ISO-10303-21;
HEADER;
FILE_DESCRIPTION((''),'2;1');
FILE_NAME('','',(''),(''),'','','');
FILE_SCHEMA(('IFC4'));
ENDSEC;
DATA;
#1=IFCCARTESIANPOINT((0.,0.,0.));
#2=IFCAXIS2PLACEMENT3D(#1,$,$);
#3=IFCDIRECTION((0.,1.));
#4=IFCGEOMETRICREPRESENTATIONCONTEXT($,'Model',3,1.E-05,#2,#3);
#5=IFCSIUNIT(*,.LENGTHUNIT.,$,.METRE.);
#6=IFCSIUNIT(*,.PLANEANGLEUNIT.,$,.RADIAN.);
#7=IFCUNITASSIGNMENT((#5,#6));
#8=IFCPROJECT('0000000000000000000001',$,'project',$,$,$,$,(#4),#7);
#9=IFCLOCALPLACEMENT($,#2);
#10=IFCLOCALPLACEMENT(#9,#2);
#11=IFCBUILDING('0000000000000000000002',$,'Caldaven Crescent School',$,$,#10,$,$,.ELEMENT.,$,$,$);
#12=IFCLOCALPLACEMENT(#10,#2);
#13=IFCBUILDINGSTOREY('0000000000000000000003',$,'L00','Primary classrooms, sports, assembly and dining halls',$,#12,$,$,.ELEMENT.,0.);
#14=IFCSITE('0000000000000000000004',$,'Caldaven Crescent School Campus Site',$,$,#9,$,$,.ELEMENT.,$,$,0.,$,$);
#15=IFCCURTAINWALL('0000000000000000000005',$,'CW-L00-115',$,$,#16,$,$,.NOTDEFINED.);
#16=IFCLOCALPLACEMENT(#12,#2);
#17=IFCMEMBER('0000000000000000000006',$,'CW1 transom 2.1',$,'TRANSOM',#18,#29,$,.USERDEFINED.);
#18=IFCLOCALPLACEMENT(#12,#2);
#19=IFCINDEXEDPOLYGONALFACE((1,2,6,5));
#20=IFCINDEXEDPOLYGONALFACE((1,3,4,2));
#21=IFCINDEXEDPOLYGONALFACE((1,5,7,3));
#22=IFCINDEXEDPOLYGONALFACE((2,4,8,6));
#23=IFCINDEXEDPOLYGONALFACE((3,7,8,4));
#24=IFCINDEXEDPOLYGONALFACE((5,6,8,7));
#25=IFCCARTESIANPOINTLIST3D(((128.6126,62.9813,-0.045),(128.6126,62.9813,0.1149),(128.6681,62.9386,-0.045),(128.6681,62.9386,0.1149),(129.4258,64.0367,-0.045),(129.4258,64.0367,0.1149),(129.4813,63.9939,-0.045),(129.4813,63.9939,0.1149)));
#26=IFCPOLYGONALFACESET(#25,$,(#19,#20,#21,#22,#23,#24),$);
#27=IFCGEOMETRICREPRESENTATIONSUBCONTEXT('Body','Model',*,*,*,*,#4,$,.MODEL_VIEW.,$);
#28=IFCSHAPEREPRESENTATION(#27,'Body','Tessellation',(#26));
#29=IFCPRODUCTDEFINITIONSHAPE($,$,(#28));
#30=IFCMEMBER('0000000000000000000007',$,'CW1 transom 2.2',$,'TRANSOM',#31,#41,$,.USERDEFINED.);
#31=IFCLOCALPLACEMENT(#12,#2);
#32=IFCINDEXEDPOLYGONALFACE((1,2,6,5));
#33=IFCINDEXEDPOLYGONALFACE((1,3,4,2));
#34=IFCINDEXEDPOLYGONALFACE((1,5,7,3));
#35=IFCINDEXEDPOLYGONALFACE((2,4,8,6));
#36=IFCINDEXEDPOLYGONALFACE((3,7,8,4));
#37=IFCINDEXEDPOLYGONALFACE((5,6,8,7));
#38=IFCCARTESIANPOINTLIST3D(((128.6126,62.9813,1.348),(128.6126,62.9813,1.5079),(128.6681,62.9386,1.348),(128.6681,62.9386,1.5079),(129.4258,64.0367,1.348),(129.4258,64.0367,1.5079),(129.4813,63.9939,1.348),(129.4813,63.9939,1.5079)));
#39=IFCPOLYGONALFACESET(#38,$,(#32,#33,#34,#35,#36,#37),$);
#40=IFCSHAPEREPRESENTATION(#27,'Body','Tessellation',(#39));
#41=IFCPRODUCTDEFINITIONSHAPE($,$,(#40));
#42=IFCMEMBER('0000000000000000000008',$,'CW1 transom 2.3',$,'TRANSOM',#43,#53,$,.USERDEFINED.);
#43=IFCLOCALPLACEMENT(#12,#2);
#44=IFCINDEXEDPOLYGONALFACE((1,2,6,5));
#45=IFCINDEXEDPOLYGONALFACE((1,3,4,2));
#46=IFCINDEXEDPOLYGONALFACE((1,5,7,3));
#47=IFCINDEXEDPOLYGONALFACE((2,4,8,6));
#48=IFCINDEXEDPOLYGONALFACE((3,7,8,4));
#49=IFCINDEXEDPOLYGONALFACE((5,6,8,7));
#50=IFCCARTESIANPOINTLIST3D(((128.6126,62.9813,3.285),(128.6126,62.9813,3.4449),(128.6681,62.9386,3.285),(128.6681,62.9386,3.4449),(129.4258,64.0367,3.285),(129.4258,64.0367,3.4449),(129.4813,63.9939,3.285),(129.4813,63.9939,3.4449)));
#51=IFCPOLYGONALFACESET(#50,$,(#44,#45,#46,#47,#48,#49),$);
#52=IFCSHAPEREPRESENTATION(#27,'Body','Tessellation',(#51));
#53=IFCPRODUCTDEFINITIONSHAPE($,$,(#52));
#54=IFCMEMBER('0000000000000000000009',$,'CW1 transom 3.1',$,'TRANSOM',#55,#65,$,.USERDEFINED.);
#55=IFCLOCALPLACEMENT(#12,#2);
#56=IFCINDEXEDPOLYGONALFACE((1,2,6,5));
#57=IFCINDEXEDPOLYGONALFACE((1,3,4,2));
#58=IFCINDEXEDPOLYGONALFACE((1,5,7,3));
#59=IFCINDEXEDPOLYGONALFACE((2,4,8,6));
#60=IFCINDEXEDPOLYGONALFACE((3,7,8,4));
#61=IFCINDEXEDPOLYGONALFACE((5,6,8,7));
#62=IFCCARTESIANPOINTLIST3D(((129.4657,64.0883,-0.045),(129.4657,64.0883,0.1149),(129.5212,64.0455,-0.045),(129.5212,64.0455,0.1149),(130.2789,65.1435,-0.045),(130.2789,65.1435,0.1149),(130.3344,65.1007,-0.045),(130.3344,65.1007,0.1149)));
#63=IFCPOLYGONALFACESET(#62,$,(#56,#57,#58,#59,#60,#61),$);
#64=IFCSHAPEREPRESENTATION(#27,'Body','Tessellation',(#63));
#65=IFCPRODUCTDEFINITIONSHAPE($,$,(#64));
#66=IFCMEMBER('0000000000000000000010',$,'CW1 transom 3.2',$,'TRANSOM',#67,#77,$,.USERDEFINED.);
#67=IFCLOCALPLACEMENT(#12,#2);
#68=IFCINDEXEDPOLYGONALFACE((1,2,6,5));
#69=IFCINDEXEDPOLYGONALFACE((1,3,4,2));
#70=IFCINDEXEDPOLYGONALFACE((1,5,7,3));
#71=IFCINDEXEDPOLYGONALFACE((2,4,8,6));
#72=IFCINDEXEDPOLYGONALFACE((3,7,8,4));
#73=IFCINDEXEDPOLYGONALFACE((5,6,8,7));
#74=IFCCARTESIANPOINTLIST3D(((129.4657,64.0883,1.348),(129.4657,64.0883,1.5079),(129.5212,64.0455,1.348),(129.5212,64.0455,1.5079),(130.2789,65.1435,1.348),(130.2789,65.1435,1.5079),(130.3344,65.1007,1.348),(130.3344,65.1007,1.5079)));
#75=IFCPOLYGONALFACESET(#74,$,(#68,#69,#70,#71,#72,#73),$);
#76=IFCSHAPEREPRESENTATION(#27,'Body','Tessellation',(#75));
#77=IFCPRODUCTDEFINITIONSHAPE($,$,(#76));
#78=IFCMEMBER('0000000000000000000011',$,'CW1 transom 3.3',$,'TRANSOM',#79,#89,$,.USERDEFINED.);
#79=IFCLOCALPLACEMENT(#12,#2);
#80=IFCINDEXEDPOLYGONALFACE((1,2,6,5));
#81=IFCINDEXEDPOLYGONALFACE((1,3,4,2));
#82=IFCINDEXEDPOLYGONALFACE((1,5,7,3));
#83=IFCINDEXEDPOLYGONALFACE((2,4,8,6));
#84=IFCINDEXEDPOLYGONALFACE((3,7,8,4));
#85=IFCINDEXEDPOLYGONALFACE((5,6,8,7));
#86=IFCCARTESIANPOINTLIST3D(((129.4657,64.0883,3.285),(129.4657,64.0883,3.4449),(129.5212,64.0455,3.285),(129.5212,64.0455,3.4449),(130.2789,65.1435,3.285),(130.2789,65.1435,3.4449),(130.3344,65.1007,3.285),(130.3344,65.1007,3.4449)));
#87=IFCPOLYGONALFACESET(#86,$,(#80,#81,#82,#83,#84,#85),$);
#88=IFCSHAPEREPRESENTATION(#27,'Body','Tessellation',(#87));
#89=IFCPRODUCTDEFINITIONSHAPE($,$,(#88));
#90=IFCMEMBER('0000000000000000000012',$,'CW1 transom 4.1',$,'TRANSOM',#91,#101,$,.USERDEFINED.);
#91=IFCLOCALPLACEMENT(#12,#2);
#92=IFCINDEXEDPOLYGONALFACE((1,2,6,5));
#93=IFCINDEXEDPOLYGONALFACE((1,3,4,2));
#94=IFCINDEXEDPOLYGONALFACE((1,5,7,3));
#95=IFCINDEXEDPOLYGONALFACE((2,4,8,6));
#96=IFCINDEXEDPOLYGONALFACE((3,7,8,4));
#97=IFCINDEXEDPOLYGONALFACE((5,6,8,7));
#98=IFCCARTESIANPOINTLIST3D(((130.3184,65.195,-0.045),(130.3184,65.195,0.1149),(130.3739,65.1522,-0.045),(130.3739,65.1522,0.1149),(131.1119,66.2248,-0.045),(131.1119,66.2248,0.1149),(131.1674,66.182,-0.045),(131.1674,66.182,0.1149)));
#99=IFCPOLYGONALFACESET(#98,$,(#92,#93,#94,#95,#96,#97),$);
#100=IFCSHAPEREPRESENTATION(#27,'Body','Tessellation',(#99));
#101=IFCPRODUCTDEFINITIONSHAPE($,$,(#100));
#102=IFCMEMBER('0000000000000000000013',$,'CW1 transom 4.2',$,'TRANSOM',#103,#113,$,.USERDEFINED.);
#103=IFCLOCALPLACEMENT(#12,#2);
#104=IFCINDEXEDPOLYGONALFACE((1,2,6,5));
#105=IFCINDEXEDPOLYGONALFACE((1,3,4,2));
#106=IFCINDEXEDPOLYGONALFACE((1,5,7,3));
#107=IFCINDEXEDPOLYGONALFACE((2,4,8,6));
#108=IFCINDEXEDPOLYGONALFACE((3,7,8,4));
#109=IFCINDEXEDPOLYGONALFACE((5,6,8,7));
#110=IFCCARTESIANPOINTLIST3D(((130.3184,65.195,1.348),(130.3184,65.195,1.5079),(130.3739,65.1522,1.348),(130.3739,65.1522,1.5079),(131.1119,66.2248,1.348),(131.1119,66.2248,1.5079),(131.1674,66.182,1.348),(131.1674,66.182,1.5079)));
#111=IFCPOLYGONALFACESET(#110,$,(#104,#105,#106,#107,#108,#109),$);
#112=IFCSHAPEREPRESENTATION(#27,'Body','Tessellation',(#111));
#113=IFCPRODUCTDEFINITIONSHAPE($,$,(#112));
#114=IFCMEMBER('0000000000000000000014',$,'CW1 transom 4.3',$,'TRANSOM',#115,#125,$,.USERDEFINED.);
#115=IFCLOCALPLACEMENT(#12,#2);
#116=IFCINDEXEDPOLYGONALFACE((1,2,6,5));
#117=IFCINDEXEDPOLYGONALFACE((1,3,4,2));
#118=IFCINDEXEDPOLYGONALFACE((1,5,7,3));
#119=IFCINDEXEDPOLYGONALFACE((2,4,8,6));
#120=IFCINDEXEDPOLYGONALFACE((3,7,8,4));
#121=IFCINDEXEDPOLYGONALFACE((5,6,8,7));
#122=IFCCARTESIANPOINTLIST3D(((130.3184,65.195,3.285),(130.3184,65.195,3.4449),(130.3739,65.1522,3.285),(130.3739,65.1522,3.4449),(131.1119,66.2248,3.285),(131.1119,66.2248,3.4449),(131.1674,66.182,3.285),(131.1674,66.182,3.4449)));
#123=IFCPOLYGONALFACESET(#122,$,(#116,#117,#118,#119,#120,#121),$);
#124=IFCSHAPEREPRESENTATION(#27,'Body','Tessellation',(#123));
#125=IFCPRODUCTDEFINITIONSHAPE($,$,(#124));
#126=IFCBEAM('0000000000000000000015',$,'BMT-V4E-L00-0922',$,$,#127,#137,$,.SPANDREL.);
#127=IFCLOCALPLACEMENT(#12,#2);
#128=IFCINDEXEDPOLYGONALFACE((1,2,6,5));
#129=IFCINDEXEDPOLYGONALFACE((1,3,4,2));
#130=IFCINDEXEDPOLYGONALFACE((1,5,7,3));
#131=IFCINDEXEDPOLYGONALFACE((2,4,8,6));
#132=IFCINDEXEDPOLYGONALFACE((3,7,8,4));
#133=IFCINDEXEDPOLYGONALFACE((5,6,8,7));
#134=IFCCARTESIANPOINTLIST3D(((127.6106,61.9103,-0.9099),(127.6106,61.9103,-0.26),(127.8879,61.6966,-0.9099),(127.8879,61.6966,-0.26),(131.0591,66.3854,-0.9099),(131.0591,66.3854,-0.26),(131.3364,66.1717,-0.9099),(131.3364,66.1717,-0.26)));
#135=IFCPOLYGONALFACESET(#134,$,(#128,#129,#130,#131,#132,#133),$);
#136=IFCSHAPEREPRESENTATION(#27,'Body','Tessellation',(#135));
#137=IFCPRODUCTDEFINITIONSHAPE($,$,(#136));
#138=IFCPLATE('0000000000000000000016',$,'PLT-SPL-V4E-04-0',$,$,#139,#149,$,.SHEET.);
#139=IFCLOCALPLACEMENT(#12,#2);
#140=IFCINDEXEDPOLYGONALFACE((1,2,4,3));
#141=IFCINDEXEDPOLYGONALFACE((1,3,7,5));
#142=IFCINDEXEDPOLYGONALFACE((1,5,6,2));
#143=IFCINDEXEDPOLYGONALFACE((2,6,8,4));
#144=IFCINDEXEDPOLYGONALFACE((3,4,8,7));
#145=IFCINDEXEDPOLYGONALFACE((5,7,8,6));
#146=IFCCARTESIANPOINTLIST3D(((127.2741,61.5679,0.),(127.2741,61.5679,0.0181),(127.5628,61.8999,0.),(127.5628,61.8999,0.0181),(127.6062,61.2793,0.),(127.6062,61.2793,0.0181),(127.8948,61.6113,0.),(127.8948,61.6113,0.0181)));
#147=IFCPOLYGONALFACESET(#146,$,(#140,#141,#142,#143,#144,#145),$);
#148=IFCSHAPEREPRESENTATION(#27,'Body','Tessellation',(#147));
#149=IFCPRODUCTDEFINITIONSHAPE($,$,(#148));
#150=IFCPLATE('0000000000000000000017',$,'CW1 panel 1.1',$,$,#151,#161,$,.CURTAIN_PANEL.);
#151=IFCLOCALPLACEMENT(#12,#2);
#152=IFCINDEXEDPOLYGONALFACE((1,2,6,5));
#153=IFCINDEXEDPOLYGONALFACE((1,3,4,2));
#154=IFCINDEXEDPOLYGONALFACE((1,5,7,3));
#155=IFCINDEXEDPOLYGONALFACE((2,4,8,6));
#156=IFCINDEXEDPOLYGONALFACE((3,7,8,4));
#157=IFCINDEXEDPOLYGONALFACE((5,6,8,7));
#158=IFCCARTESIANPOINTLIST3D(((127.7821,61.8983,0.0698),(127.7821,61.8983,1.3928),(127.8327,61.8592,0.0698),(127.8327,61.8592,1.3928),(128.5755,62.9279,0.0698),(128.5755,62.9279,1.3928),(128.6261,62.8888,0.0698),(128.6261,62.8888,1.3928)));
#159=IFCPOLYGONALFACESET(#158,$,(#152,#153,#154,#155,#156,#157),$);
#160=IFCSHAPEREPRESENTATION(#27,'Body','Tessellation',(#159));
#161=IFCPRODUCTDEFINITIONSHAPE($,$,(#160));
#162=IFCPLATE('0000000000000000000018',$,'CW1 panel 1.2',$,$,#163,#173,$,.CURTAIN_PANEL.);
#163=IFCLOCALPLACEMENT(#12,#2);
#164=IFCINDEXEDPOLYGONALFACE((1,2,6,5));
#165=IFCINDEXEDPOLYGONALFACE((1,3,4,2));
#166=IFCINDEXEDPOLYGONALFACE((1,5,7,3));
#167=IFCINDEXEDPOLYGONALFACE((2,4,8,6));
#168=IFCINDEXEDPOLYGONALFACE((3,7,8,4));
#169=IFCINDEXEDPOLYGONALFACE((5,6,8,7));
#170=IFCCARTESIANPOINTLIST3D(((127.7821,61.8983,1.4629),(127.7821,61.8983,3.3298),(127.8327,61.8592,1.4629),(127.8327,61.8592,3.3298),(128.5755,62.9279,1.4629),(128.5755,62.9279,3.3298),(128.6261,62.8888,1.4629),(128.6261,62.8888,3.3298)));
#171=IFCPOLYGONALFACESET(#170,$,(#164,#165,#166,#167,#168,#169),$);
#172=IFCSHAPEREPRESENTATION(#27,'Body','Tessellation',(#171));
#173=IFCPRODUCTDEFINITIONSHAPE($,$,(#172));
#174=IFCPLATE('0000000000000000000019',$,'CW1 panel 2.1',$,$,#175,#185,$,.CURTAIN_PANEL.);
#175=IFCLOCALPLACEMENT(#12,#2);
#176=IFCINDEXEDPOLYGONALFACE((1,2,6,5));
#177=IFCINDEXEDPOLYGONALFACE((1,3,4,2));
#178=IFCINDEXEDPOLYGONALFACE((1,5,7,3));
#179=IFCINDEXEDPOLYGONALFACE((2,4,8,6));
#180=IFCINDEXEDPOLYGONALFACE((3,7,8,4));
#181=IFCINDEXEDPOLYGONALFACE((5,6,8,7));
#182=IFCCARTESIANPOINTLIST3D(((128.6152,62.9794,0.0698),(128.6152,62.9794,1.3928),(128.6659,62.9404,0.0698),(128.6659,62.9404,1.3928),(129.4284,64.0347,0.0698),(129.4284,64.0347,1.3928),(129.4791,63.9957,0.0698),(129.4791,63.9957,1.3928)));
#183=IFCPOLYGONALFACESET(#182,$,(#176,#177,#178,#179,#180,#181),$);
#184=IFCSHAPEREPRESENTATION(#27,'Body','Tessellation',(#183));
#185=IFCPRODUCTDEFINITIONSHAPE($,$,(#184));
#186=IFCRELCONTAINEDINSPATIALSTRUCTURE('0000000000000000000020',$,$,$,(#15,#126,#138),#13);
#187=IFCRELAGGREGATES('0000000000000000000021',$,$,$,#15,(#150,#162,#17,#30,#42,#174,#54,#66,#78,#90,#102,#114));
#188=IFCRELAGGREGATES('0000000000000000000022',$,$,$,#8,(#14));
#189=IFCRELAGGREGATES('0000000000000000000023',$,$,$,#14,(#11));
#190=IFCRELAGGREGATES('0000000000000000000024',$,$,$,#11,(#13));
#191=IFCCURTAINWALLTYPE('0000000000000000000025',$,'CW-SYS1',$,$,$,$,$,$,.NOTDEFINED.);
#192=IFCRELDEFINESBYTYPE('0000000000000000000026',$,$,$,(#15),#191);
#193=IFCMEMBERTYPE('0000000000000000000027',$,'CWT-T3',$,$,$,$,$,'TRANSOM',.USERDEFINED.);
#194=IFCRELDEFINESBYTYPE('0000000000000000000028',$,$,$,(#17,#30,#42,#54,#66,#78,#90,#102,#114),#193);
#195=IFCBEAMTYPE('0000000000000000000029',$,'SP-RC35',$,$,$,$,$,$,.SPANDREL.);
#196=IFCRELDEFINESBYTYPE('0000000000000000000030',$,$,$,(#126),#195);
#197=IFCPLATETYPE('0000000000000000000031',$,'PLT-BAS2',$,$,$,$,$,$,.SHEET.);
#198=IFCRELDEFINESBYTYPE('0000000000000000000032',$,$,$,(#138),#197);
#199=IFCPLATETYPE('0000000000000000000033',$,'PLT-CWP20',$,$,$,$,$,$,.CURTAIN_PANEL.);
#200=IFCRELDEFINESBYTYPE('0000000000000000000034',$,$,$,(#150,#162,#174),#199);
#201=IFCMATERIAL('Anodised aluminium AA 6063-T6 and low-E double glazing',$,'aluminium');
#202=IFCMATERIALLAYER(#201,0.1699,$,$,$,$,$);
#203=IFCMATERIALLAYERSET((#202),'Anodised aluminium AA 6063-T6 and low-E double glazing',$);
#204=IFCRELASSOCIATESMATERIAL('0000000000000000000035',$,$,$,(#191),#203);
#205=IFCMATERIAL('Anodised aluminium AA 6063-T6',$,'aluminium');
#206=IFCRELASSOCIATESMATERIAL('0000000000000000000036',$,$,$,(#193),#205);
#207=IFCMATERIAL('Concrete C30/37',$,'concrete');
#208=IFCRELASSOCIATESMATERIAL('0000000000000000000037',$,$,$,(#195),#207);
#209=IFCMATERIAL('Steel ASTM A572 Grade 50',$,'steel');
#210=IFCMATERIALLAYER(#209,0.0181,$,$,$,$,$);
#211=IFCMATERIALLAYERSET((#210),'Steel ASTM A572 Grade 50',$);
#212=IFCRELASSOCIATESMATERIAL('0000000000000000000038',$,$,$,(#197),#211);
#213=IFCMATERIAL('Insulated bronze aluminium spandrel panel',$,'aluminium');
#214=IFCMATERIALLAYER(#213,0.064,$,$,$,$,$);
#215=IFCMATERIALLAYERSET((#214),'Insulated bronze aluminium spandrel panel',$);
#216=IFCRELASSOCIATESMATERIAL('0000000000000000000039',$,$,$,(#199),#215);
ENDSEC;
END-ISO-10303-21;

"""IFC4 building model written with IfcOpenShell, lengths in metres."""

from ifc_helpers import new_model, si_unit, direction, frame, origin, origin_2d, place, context, subcontext, project, spatial, rectangle, extrude, material, layer, layer_set, material_profile, profile_set, type_object, element, aggregate, save


model = new_model("IFC4")

# Units and contexts
model_context = context("Model", 3, precision=1e-05, world=origin(), true_north=direction((0.0, 1.0)))
body_context = subcontext(model_context, "Body", "Model", "MODEL_VIEW")
ifc_project = project(units=[si_unit("LENGTHUNIT", "METRE"), si_unit("PLANEANGLEUNIT", "RADIAN")], contexts=[model_context])

# Site, building, storey
site_placement = place(None, origin())
site = spatial("IfcSite", under=ifc_project, at=site_placement, Name="Caldaven Crescent School Campus Site", CompositionType="ELEMENT", RefElevation=0.0)
building_placement = place(site_placement, origin())
building = spatial("IfcBuilding", under=site, at=building_placement, Name="Caldaven Crescent School", CompositionType="ELEMENT")
storey_placement = place(building_placement, origin())
storey = spatial("IfcBuildingStorey", under=building, at=storey_placement, Name="L00", Description="Primary classrooms, sports, assembly and dining halls", CompositionType="ELEMENT", Elevation=0.0)

# Shared definitions
ifc_material_1 = material(Name="Concrete C30/37", Category="concrete")

# Curtain wall, members
ifc_material_2 = material(Name="Anodised aluminium AA 6063-T6 and low-E double glazing", Category="aluminium")
ifc_layer_1 = layer(ifc_material_2, 0.1699)
ifc_layer_set_1 = layer_set([ifc_layer_1], Name="Anodised aluminium AA 6063-T6 and low-E double glazing")
curtain_wall_type = type_object("IfcCurtainWallType", Name="CW-SYS1", PredefinedType="NOTDEFINED", material=ifc_layer_set_1)
curtain_wall_placement = place(storey_placement, origin())
curtain_wall = element("IfcCurtainWall", 1, at=curtain_wall_placement, inside=storey, type_object=curtain_wall_type, Name="CW-L00-115", PredefinedType="NOTDEFINED")
ifc_material_3 = material(Name="Anodised aluminium AA 6063-T6", Category="aluminium")
ifc_material_profile_1 = material_profile(ifc_material_3, rectangle(XDim=0.0701, YDim=0.1599, at=origin_2d()), Name="CWT 70x160")
ifc_profile_set_1 = profile_set([ifc_material_profile_1], Name="Anodised aluminium AA 6063-T6")
member_type_1 = type_object("IfcMemberType", Name="CWT-T3", ElementType="TRANSOM", PredefinedType="USERDEFINED", material=ifc_profile_set_1)
member_1_placement = place(storey_placement, frame((128.6404, 62.96, 0.0349), z_axis=(0.610357, 0.792126, 0.0), x_axis=(-0.792126, 0.610357, 0.0)))
member_1 = element("IfcMember", 2, at=member_1_placement, type_object=member_type_1, Name="CW1 transom 2.1", ObjectType="TRANSOM", PredefinedType="USERDEFINED", context=body_context, shape_type="SweptSolid", body=[
    extrude(rectangle(XDim=0.0701, YDim=0.1599, at=origin_2d()), origin(), (0.0, 0.0, 1.0), 1.3323),
])
member_2_placement = place(storey_placement, frame((128.6404, 62.96, 1.428), z_axis=(0.610357, 0.792126, 0.0), x_axis=(-0.792126, 0.610357, 0.0)))
member_2 = element("IfcMember", 3, at=member_2_placement, type_object=member_type_1, Name="CW1 transom 2.2", ObjectType="TRANSOM", PredefinedType="USERDEFINED", context=body_context, shape_type="SweptSolid", body=[
    extrude(rectangle(XDim=0.0701, YDim=0.1599, at=origin_2d()), origin(), (0.0, 0.0, 1.0), 1.3323),
])
member_3_placement = place(storey_placement, frame((128.6404, 62.96, 3.365), z_axis=(0.610357, 0.792126, 0.0), x_axis=(-0.792126, 0.610357, 0.0)))
member_3 = element("IfcMember", 4, at=member_3_placement, type_object=member_type_1, Name="CW1 transom 2.3", ObjectType="TRANSOM", PredefinedType="USERDEFINED", context=body_context, shape_type="SweptSolid", body=[
    extrude(rectangle(XDim=0.0701, YDim=0.1599, at=origin_2d()), origin(), (0.0, 0.0, 1.0), 1.3323),
])
member_4_placement = place(storey_placement, frame((129.4934, 64.0669, 0.0349), z_axis=(0.610446, 0.792058, 0.0), x_axis=(-0.792058, 0.610446, 0.0)))
member_4 = element("IfcMember", 5, at=member_4_placement, type_object=member_type_1, Name="CW1 transom 3.1", ObjectType="TRANSOM", PredefinedType="USERDEFINED", context=body_context, shape_type="SweptSolid", body=[
    extrude(rectangle(XDim=0.0701, YDim=0.1599, at=origin_2d()), origin(), (0.0, 0.0, 1.0), 1.3323),
])
member_5_placement = place(storey_placement, frame((129.4934, 64.0669, 1.428), z_axis=(0.610446, 0.792058, 0.0), x_axis=(-0.792058, 0.610446, 0.0)))
member_5 = element("IfcMember", 6, at=member_5_placement, type_object=member_type_1, Name="CW1 transom 3.2", ObjectType="TRANSOM", PredefinedType="USERDEFINED", context=body_context, shape_type="SweptSolid", body=[
    extrude(rectangle(XDim=0.0701, YDim=0.1599, at=origin_2d()), origin(), (0.0, 0.0, 1.0), 1.3323),
])
member_6_placement = place(storey_placement, frame((129.4934, 64.0669, 3.365), z_axis=(0.610446, 0.792058, 0.0), x_axis=(-0.792058, 0.610446, 0.0)))
member_6 = element("IfcMember", 7, at=member_6_placement, type_object=member_type_1, Name="CW1 transom 3.3", ObjectType="TRANSOM", PredefinedType="USERDEFINED", context=body_context, shape_type="SweptSolid", body=[
    extrude(rectangle(XDim=0.0701, YDim=0.1599, at=origin_2d()), origin(), (0.0, 0.0, 1.0), 1.3323),
])
member_7_placement = place(storey_placement, frame((130.3462, 65.1736, 0.0349), z_axis=(0.610346, 0.792135, 0.0), x_axis=(-0.792135, 0.610346, 0.0)))
member_7 = element("IfcMember", 8, at=member_7_placement, type_object=member_type_1, Name="CW1 transom 4.1", ObjectType="TRANSOM", PredefinedType="USERDEFINED", context=body_context, shape_type="SweptSolid", body=[
    extrude(rectangle(XDim=0.0701, YDim=0.1599, at=origin_2d()), origin(), (0.0, 0.0, 1.0), 1.3),
])
member_8_placement = place(storey_placement, frame((130.3462, 65.1736, 1.428), z_axis=(0.610346, 0.792135, 0.0), x_axis=(-0.792135, 0.610346, 0.0)))
member_8 = element("IfcMember", 9, at=member_8_placement, type_object=member_type_1, Name="CW1 transom 4.2", ObjectType="TRANSOM", PredefinedType="USERDEFINED", context=body_context, shape_type="SweptSolid", body=[
    extrude(rectangle(XDim=0.0701, YDim=0.1599, at=origin_2d()), origin(), (0.0, 0.0, 1.0), 1.3),
])
member_9_placement = place(storey_placement, frame((130.3462, 65.1736, 3.365), z_axis=(0.610346, 0.792135, 0.0), x_axis=(-0.792135, 0.610346, 0.0)))
member_9 = element("IfcMember", 10, at=member_9_placement, type_object=member_type_1, Name="CW1 transom 4.3", ObjectType="TRANSOM", PredefinedType="USERDEFINED", context=body_context, shape_type="SweptSolid", body=[
    extrude(rectangle(XDim=0.0701, YDim=0.1599, at=origin_2d()), origin(), (0.0, 0.0, 1.0), 1.3),
])

# Beam
ifc_material_profile_2 = material_profile(ifc_material_1, rectangle(XDim=0.3501, YDim=0.6499, at=origin_2d()), Name="RC 350x650")
ifc_profile_set_2 = profile_set([ifc_material_profile_2], Name="Concrete C30/37")
beam_type_1 = type_object("IfcBeamType", Name="SP-RC35", PredefinedType="SPANDREL", material=ifc_profile_set_2)
beam_1_placement = place(storey_placement, frame((127.7493, 61.8035, -0.585), z_axis=(0.610389, 0.792102, 0.0), x_axis=(-0.792102, 0.610389, 0.0)))
element("IfcBeam", 11, at=beam_1_placement, inside=storey, type_object=beam_type_1, Name="BMT-V4E-L00-0922", PredefinedType="SPANDREL", context=body_context, shape_type="SweptSolid", body=[
    extrude(rectangle(XDim=0.3501, YDim=0.6499, at=origin_2d()), origin(), (0.0, 0.0, 1.0), 5.6497),
])

# Plates
ifc_material_4 = material(Name="Steel ASTM A572 Grade 50", Category="steel")
ifc_layer_2 = layer(ifc_material_4, 0.0181)
ifc_layer_set_2 = layer_set([ifc_layer_2], Name="Steel ASTM A572 Grade 50")
plate_type_1 = type_object("IfcPlateType", Name="PLT-BAS2", PredefinedType="SHEET", material=ifc_layer_set_2)
plate_1_placement = place(storey_placement, frame((127.5845, 61.5896, 0.0), z_axis=(0.0, 0.0, 1.0), x_axis=(0.75471, -0.656059, 0.0)))
element("IfcPlate", 12, at=plate_1_placement, inside=storey, type_object=plate_type_1, Name="PLT-SPL-V4E-04-0", PredefinedType="SHEET", context=body_context, shape_type="SweptSolid", body=[
    extrude(rectangle(XDim=0.4399, YDim=0.4399, at=origin_2d()), origin(), (0.0, 0.0, 1.0), 0.0181),
])
ifc_material_5 = material(Name="Insulated bronze aluminium spandrel panel", Category="aluminium")
ifc_layer_3 = layer(ifc_material_5, 0.064)
ifc_layer_set_3 = layer_set([ifc_layer_3], Name="Insulated bronze aluminium spandrel panel")
plate_type_2 = type_object("IfcPlateType", Name="PLT-CWP20", PredefinedType="CURTAIN_PANEL", material=ifc_layer_set_3)
plate_2_placement = place(storey_placement, frame((128.2041, 62.3936, 0.0698), z_axis=(0.0, 0.0, 1.0), x_axis=(0.610387, 0.792103, 0.0)))
plate_2 = element("IfcPlate", 13, at=plate_2_placement, type_object=plate_type_2, Name="CW1 panel 1.1", PredefinedType="CURTAIN_PANEL", context=body_context, shape_type="SweptSolid", body=[
    extrude(rectangle(XDim=1.2998, YDim=0.064, at=origin_2d()), origin(), (0.0, 0.0, 1.0), 1.323),
])
plate_3_placement = place(storey_placement, frame((128.2041, 62.3936, 1.4629), z_axis=(0.0, 0.0, 1.0), x_axis=(0.610387, 0.792103, 0.0)))
plate_3 = element("IfcPlate", 14, at=plate_3_placement, type_object=plate_type_2, Name="CW1 panel 1.2", PredefinedType="CURTAIN_PANEL", context=body_context, shape_type="SweptSolid", body=[
    extrude(rectangle(XDim=1.2998, YDim=0.064, at=origin_2d()), origin(), (0.0, 0.0, 1.0), 1.8669),
])
plate_4_placement = place(storey_placement, frame((129.0471, 63.4875, 0.0698), z_axis=(0.0, 0.0, 1.0), x_axis=(0.610387, 0.792103, 0.0)))
plate_4 = element("IfcPlate", 15, at=plate_4_placement, type_object=plate_type_2, Name="CW1 panel 2.1", PredefinedType="CURTAIN_PANEL", context=body_context, shape_type="SweptSolid", body=[
    extrude(rectangle(XDim=1.3323, YDim=0.064, at=origin_2d()), origin(), (0.0, 0.0, 1.0), 1.323),
])
aggregate(curtain_wall, [plate_2, plate_3, member_1, member_2, member_3, plate_4, member_4, member_5, member_6, member_7, member_8, member_9])

save(model, "model.ifc")
